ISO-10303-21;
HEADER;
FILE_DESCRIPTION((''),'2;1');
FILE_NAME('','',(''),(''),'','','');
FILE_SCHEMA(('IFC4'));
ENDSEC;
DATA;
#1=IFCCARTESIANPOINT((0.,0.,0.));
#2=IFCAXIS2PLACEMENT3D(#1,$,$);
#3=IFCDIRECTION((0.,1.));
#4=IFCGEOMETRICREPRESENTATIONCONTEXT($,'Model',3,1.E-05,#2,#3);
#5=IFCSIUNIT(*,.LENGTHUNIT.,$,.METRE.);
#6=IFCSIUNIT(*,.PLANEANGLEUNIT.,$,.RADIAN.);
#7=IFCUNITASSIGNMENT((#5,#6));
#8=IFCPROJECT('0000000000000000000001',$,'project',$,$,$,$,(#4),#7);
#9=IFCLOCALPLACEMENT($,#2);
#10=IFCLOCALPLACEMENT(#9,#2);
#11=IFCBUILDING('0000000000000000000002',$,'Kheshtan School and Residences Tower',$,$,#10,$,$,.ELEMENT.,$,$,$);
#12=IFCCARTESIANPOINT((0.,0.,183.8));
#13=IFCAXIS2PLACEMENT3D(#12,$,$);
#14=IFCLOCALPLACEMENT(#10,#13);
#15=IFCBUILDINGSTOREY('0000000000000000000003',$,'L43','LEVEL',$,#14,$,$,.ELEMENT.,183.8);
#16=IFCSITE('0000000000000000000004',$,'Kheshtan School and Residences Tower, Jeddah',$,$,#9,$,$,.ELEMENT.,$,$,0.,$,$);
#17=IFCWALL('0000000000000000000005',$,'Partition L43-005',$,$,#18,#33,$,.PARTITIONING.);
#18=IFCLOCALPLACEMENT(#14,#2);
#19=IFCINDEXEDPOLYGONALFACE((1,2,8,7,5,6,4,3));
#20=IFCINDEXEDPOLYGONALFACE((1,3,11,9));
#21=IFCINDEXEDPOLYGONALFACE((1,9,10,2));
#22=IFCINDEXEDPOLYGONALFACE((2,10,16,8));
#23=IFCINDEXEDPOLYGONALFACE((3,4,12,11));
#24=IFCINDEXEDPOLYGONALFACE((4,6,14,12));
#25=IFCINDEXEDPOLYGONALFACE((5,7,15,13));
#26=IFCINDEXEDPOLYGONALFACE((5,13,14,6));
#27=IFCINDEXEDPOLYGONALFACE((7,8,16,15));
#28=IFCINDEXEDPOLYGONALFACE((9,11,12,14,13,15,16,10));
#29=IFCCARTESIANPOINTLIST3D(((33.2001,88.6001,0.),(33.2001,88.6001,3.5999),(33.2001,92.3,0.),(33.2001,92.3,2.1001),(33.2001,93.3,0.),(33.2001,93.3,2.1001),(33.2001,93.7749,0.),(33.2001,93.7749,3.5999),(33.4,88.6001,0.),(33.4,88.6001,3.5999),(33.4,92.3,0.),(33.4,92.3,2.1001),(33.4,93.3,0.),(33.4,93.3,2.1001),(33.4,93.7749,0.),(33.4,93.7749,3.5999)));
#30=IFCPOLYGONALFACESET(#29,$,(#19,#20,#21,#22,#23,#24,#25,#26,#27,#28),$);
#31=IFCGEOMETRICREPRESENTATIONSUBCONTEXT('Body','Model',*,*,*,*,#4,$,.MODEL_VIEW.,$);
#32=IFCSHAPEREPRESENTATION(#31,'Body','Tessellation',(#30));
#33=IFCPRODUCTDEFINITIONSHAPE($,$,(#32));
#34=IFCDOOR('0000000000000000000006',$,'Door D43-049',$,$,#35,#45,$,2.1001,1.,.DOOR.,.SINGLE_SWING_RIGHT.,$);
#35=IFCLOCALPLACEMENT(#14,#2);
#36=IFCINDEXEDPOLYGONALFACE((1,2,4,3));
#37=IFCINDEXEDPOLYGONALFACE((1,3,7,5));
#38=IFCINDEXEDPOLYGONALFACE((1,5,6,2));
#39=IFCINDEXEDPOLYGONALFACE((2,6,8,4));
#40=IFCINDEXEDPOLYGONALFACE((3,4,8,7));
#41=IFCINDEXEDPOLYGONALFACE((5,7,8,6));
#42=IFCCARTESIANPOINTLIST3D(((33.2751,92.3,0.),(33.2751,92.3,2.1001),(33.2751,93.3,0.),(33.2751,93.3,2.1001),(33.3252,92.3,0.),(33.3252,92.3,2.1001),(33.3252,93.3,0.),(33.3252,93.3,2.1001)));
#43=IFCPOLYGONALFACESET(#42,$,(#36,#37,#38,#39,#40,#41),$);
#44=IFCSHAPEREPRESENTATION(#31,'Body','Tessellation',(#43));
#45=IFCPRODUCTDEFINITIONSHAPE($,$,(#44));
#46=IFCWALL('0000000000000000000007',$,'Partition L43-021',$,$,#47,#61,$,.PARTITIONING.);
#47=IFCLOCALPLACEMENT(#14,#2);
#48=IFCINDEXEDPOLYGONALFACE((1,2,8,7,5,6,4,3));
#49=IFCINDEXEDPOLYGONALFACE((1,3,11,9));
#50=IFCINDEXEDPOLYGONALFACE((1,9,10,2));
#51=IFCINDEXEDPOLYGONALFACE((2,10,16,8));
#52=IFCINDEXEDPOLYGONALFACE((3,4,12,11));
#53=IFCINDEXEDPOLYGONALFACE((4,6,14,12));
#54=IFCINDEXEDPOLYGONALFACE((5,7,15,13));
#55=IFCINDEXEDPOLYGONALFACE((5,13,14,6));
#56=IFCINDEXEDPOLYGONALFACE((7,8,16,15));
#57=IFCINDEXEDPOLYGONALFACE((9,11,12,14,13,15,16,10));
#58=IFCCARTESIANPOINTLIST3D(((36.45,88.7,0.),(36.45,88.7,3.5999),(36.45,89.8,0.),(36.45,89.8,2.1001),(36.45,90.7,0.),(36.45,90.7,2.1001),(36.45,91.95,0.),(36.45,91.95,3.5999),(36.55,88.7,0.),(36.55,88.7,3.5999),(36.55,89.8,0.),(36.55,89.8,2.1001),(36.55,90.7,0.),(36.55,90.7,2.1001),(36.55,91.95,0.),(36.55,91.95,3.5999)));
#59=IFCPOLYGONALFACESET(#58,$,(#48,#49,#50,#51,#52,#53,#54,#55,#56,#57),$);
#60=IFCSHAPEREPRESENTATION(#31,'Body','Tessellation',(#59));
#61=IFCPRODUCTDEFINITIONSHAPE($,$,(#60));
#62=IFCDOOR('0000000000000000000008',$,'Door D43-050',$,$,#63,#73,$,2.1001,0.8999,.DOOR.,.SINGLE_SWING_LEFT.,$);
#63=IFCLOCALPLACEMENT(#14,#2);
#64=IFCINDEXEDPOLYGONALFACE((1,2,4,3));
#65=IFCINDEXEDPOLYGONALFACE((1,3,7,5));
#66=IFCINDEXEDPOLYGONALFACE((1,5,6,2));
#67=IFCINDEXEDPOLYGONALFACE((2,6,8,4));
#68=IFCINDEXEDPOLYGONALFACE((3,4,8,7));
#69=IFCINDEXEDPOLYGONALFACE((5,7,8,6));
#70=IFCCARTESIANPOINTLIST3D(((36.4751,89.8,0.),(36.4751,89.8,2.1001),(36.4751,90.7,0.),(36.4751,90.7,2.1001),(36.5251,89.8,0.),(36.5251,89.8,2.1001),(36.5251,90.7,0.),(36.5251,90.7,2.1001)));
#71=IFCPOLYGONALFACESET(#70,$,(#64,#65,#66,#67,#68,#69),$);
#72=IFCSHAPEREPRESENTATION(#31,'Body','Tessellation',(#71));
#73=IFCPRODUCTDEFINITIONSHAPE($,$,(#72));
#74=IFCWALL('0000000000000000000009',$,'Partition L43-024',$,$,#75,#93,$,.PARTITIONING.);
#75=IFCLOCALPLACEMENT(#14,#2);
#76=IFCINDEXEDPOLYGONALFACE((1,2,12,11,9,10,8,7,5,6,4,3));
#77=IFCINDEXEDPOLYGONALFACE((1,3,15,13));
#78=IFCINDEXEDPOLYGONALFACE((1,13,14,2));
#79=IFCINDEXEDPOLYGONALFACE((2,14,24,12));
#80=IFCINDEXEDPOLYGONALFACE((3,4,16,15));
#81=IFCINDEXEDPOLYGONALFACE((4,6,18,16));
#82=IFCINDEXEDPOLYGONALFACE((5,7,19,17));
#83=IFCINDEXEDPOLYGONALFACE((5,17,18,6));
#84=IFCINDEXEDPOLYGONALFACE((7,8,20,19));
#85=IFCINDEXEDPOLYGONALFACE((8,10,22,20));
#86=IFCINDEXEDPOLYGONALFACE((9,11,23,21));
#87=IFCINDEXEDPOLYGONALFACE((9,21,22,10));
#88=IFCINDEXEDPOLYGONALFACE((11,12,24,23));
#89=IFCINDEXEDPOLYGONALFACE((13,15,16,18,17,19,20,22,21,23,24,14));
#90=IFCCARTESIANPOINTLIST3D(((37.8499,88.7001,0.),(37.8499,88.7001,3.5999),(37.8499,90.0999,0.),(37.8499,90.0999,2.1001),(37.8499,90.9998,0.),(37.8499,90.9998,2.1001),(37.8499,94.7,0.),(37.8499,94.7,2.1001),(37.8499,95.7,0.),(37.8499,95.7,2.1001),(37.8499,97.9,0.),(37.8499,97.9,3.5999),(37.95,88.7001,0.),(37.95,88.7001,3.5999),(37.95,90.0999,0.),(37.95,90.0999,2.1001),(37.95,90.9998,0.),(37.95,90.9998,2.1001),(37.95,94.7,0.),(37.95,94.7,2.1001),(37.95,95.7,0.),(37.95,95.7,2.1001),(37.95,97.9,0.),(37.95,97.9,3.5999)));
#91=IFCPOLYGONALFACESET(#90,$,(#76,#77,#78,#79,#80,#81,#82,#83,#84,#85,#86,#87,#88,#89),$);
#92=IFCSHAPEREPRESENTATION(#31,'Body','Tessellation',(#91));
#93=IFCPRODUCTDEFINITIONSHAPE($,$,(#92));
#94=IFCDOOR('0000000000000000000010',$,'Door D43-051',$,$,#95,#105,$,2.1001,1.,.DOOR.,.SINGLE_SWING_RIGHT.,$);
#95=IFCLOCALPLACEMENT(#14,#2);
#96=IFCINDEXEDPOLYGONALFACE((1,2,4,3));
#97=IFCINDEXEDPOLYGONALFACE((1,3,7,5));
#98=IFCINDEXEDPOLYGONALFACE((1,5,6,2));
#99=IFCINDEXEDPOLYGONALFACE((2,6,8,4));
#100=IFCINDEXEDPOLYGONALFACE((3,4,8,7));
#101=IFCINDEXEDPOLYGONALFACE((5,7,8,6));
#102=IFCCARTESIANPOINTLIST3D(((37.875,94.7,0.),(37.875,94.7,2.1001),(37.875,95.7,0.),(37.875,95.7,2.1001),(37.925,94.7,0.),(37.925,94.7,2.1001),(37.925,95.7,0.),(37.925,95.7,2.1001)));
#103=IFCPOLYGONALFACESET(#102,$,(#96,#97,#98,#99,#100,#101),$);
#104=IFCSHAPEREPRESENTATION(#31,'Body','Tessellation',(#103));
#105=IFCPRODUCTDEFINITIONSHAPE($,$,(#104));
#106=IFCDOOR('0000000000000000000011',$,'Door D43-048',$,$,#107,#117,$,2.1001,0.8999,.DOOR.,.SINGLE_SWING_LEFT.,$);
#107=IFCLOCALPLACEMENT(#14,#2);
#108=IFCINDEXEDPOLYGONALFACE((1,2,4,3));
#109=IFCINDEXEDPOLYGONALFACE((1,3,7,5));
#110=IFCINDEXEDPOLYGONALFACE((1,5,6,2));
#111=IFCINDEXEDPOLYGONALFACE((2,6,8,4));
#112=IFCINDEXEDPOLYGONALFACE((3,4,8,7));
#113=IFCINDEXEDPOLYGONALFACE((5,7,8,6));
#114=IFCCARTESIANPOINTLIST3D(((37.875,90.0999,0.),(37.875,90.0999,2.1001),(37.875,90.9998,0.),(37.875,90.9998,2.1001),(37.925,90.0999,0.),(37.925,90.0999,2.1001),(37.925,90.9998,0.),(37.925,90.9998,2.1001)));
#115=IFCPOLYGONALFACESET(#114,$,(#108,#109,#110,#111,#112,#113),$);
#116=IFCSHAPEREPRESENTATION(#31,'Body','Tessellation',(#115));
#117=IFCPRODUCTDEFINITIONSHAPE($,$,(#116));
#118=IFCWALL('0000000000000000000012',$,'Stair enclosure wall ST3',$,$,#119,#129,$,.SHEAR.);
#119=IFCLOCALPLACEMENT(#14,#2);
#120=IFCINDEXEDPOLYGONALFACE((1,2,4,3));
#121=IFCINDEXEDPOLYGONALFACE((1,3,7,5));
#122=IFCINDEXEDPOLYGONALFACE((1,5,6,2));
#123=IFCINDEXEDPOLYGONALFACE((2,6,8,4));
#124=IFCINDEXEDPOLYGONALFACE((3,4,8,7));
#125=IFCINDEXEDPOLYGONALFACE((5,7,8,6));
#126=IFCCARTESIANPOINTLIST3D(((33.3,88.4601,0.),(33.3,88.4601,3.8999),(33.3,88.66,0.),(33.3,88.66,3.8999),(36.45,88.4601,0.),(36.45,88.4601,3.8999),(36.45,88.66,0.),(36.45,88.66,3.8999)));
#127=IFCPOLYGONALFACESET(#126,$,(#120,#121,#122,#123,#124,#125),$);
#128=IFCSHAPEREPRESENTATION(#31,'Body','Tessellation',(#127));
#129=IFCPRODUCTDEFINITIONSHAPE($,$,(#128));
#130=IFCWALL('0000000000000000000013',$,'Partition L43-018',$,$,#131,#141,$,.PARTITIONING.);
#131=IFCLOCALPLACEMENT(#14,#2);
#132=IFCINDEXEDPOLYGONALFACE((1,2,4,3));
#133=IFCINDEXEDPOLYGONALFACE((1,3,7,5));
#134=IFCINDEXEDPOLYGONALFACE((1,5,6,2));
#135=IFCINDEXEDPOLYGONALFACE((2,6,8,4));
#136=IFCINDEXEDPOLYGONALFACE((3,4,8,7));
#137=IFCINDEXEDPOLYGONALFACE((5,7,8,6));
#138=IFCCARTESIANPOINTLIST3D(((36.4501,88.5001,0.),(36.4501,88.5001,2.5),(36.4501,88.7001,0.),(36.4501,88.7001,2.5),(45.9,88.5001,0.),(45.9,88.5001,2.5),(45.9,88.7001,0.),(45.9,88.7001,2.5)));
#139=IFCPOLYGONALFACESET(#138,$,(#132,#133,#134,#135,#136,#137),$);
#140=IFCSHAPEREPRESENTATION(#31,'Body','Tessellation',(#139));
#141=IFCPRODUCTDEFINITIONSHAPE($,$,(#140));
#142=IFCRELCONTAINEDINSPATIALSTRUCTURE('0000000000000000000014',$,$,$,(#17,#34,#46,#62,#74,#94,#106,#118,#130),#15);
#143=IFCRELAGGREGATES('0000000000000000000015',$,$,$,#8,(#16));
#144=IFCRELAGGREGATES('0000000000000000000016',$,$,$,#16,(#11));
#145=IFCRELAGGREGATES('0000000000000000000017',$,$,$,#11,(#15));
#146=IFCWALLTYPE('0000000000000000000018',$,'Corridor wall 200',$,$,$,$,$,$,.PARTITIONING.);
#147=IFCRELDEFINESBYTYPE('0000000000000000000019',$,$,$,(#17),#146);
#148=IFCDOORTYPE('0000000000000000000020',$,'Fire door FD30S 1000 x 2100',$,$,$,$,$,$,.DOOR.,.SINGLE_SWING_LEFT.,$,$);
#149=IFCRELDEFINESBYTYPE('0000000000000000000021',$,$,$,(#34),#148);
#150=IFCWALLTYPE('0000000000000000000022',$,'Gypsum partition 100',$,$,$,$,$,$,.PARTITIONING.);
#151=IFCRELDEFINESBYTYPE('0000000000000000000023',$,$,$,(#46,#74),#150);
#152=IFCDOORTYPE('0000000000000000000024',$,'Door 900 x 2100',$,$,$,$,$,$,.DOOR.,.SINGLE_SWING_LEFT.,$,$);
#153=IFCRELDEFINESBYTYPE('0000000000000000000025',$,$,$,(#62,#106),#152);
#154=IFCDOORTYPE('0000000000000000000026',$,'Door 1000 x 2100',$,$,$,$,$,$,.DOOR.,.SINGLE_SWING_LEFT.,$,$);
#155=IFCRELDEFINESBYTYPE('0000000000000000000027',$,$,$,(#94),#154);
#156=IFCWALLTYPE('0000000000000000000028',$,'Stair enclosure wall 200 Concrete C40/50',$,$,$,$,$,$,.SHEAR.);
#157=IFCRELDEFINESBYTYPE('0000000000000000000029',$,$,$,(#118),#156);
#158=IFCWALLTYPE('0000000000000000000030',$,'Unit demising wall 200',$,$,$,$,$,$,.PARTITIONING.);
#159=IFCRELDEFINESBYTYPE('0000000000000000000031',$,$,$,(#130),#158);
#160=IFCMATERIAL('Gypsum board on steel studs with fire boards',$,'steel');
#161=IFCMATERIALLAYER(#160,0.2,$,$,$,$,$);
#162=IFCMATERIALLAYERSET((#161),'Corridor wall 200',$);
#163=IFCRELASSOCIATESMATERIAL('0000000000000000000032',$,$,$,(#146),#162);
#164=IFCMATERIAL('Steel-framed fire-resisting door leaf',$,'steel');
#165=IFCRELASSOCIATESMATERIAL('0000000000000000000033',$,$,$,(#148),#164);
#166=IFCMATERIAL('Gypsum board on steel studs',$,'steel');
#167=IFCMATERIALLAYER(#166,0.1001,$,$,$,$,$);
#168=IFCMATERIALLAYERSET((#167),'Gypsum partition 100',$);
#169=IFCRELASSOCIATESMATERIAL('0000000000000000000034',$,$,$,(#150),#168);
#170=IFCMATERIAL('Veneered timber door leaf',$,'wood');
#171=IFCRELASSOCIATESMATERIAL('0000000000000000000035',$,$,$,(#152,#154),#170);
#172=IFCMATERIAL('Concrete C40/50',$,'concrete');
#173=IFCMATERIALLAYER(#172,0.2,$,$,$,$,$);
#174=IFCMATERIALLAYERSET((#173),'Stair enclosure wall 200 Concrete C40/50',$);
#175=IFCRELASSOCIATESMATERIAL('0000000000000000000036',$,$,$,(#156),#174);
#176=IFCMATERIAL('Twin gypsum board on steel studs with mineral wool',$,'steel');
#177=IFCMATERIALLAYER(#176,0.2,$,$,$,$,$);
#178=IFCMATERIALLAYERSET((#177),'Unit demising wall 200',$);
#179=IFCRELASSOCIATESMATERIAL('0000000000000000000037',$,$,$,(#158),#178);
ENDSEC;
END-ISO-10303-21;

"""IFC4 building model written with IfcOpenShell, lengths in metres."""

from ifc_helpers import new_model, si_unit, direction, frame, frame_2d, origin, place, context, subcontext, project, spatial, rectangle, extrude, source, transform, mapped, material, layer, layer_set, type_object, element, fill, save


model = new_model("IFC4")

# Units and contexts
model_context = context("Model", 3, precision=1e-05, world=origin(), true_north=direction((0.0, 1.0)))
body_context = subcontext(model_context, "Body", "Model", "MODEL_VIEW")
ifc_project = project(units=[si_unit("LENGTHUNIT", "METRE"), si_unit("PLANEANGLEUNIT", "RADIAN")], contexts=[model_context])

# Site, building, storey
site_placement = place(None, origin())
site = spatial("IfcSite", under=ifc_project, at=site_placement, Name="Kheshtan School and Residences Tower, Jeddah", CompositionType="ELEMENT", RefElevation=0.0)
building_placement = place(site_placement, origin())
building = spatial("IfcBuilding", under=site, at=building_placement, Name="Kheshtan School and Residences Tower", CompositionType="ELEMENT")
storey_placement = place(building_placement, frame((0.0, 0.0, 183.8)))
storey = spatial("IfcBuildingStorey", under=building, at=storey_placement, Name="L43", Description="LEVEL", CompositionType="ELEMENT", Elevation=183.8)

# Walls, openings, doors
ifc_material_1 = material(Name="Gypsum board on steel studs with fire boards", Category="steel")
ifc_layer_1 = layer(ifc_material_1, 0.2)
ifc_layer_set_1 = layer_set([ifc_layer_1], Name="Corridor wall 200")
wall_type_1 = type_object("IfcWallType", Name="Corridor wall 200", PredefinedType="PARTITIONING", material=ifc_layer_set_1)
wall_1_placement = place(storey_placement, frame((33.3, 88.6001, 0.0), z_axis=(0.0, 0.0, 1.0), x_axis=(0.0, 1.0, 0.0)))
wall_1 = element("IfcWall", 1, at=wall_1_placement, inside=storey, type_object=wall_type_1, Name="Partition L43-005", PredefinedType="PARTITIONING", context=body_context, shape_type="SweptSolid", body=[
    extrude(rectangle(XDim=5.1748, YDim=0.2, at=frame_2d((2.5874, 0.0))), origin(), (0.0, 0.0, 1.0), 3.5999),
])
opening_1_placement = place(wall_1_placement, frame((3.7, 0.0, 0.0)))
opening_1 = element("IfcOpeningElement", 2, at=opening_1_placement, cuts=wall_1, PredefinedType="OPENING", context=body_context, shape_type="SweptSolid", body=[
    extrude(rectangle(XDim=1.0, YDim=2.1001, at=frame_2d((0.5, 1.05))), frame((0.0, 0.1099, 0.0), z_axis=(0.0, -1.0, 0.0), x_axis=(1.0, 0.0, 0.0)), (0.0, 0.0, 1.0), 0.22),
])
ifc_material_2 = material(Name="Steel-framed fire-resisting door leaf", Category="steel")
door_type_1 = type_object("IfcDoorType", Name="Fire door FD30S 1000 x 2100", OperationType="SINGLE_SWING_LEFT", PredefinedType="DOOR", material=ifc_material_2)
shared_shape_1 = source(origin(), body_context, "Body", "SweptSolid", [
    extrude(rectangle(XDim=1.0, YDim=2.1001, at=frame_2d((0.5, 1.05))), frame((0.0, 0.0249, 0.0), z_axis=(0.0, -1.0, 0.0), x_axis=(1.0, 0.0, 0.0)), (0.0, 0.0, 1.0), 0.05),
])
door_1_placement = place(opening_1_placement, origin())
door_1 = element("IfcDoor", 3, at=door_1_placement, inside=storey, type_object=door_type_1, Name="Door D43-049", OperationType="SINGLE_SWING_RIGHT", OverallHeight=2.1001, OverallWidth=1.0, PredefinedType="DOOR", context=body_context, shape_type="MappedRepresentation", body=[
    mapped(shared_shape_1, transform((0.0, 0.0, 0.0), x_axis=(1.0, 0.0, 0.0), y_axis=(0.0, 1.0, 0.0), z_axis=(0.0, 0.0, 1.0), scale=1.0)),
])
fill(opening_1, door_1)
ifc_material_3 = material(Name="Gypsum board on steel studs", Category="steel")
ifc_layer_2 = layer(ifc_material_3, 0.1001)
ifc_layer_set_2 = layer_set([ifc_layer_2], Name="Gypsum partition 100")
wall_type_2 = type_object("IfcWallType", Name="Gypsum partition 100", PredefinedType="PARTITIONING", material=ifc_layer_set_2)
wall_2_placement = place(storey_placement, frame((36.5, 88.7, 0.0), z_axis=(0.0, 0.0, 1.0), x_axis=(0.0, 1.0, 0.0)))
wall_2 = element("IfcWall", 4, at=wall_2_placement, inside=storey, type_object=wall_type_2, Name="Partition L43-021", PredefinedType="PARTITIONING", context=body_context, shape_type="SweptSolid", body=[
    extrude(rectangle(XDim=3.25, YDim=0.1001, at=frame_2d((1.625, 0.0))), origin(), (0.0, 0.0, 1.0), 3.5999),
])
opening_2_placement = place(wall_2_placement, frame((1.1001, 0.0, 0.0)))
opening_2 = element("IfcOpeningElement", 5, at=opening_2_placement, cuts=wall_2, PredefinedType="OPENING", context=body_context, shape_type="SweptSolid", body=[
    extrude(rectangle(XDim=0.8999, YDim=2.1001, at=frame_2d((0.45, 1.05))), frame((0.0, 0.0601, 0.0), z_axis=(0.0, -1.0, 0.0), x_axis=(1.0, 0.0, 0.0)), (0.0, 0.0, 1.0), 0.1201),
])
ifc_material_4 = material(Name="Veneered timber door leaf", Category="wood")
door_type_2 = type_object("IfcDoorType", Name="Door 900 x 2100", OperationType="SINGLE_SWING_LEFT", PredefinedType="DOOR", material=ifc_material_4)
shared_shape_2 = source(origin(), body_context, "Body", "SweptSolid", [
    extrude(rectangle(XDim=0.8999, YDim=2.1001, at=frame_2d((0.45, 1.05))), frame((0.0, 0.0249, 0.0), z_axis=(0.0, -1.0, 0.0), x_axis=(1.0, 0.0, 0.0)), (0.0, 0.0, 1.0), 0.05),
])
door_2_placement = place(opening_2_placement, origin())
door_2 = element("IfcDoor", 6, at=door_2_placement, inside=storey, type_object=door_type_2, Name="Door D43-050", OperationType="SINGLE_SWING_LEFT", OverallHeight=2.1001, OverallWidth=0.8999, PredefinedType="DOOR", context=body_context, shape_type="MappedRepresentation", body=[
    mapped(shared_shape_2, transform((0.0, 0.0, 0.0), x_axis=(1.0, 0.0, 0.0), y_axis=(0.0, 1.0, 0.0), z_axis=(0.0, 0.0, 1.0), scale=1.0)),
])
fill(opening_2, door_2)

# Wall, openings, doors
wall_3_placement = place(storey_placement, frame((37.8999, 88.7, 0.0), z_axis=(0.0, 0.0, 1.0), x_axis=(0.0, 1.0, 0.0)))
wall_3 = element("IfcWall", 7, at=wall_3_placement, inside=storey, type_object=wall_type_2, Name="Partition L43-024", PredefinedType="PARTITIONING", context=body_context, shape_type="SweptSolid", body=[
    extrude(rectangle(XDim=9.2, YDim=0.1001, at=frame_2d((4.6001, 0.0))), origin(), (0.0, 0.0, 1.0), 3.5999),
])
opening_3_placement = place(wall_3_placement, frame((1.3999, 0.0, 0.0)))
opening_3 = element("IfcOpeningElement", 8, at=opening_3_placement, cuts=wall_3, PredefinedType="OPENING", context=body_context, shape_type="SweptSolid", body=[
    extrude(rectangle(XDim=0.8999, YDim=2.1001, at=frame_2d((0.45, 1.05))), frame((0.0, 0.0601, 0.0), z_axis=(0.0, -1.0, 0.0), x_axis=(1.0, 0.0, 0.0)), (0.0, 0.0, 1.0), 0.1201),
])
opening_4_placement = place(wall_3_placement, frame((6.0, 0.0, 0.0)))
opening_4 = element("IfcOpeningElement", 9, at=opening_4_placement, cuts=wall_3, PredefinedType="OPENING", context=body_context, shape_type="SweptSolid", body=[
    extrude(rectangle(XDim=1.0, YDim=2.1001, at=frame_2d((0.5, 1.05))), frame((0.0, 0.0601, 0.0), z_axis=(0.0, -1.0, 0.0), x_axis=(1.0, 0.0, 0.0)), (0.0, 0.0, 1.0), 0.1201),
])
door_type_3 = type_object("IfcDoorType", Name="Door 1000 x 2100", OperationType="SINGLE_SWING_LEFT", PredefinedType="DOOR", material=ifc_material_4)
shared_shape_3 = source(origin(), body_context, "Body", "SweptSolid", [
    extrude(rectangle(XDim=1.0, YDim=2.1001, at=frame_2d((0.5, 1.05))), frame((0.0, 0.0249, 0.0), z_axis=(0.0, -1.0, 0.0), x_axis=(1.0, 0.0, 0.0)), (0.0, 0.0, 1.0), 0.05),
])
door_3_placement = place(opening_4_placement, origin())
door_3 = element("IfcDoor", 10, at=door_3_placement, inside=storey, type_object=door_type_3, Name="Door D43-051", OperationType="SINGLE_SWING_RIGHT", OverallHeight=2.1001, OverallWidth=1.0, PredefinedType="DOOR", context=body_context, shape_type="MappedRepresentation", body=[
    mapped(shared_shape_3, transform((0.0, 0.0, 0.0), x_axis=(1.0, 0.0, 0.0), y_axis=(0.0, 1.0, 0.0), z_axis=(0.0, 0.0, 1.0), scale=1.0)),
])
fill(opening_4, door_3)
door_4_placement = place(opening_3_placement, origin())
door_4 = element("IfcDoor", 11, at=door_4_placement, inside=storey, type_object=door_type_2, Name="Door D43-048", OperationType="SINGLE_SWING_LEFT", OverallHeight=2.1001, OverallWidth=0.8999, PredefinedType="DOOR", context=body_context, shape_type="MappedRepresentation", body=[
    mapped(shared_shape_2, transform((0.0, 0.0, 0.0), x_axis=(1.0, 0.0, 0.0), y_axis=(0.0, 1.0, 0.0), z_axis=(0.0, 0.0, 1.0), scale=1.0)),
])
fill(opening_3, door_4)

# Walls
ifc_material_5 = material(Name="Concrete C40/50", Category="concrete")
ifc_layer_3 = layer(ifc_material_5, 0.2)
ifc_layer_set_3 = layer_set([ifc_layer_3], Name="Stair enclosure wall 200 Concrete C40/50")
wall_type_3 = type_object("IfcWallType", Name="Stair enclosure wall 200 Concrete C40/50", PredefinedType="SHEAR", material=ifc_layer_set_3)
wall_4_placement = place(storey_placement, frame((33.3, 88.5601, 0.0), z_axis=(0.0, 0.0, 1.0), x_axis=(1.0, 0.0, 0.0)))
element("IfcWall", 12, at=wall_4_placement, inside=storey, type_object=wall_type_3, Name="Stair enclosure wall ST3", PredefinedType="SHEAR", context=body_context, shape_type="SweptSolid", body=[
    extrude(rectangle(XDim=3.1499, YDim=0.2, at=frame_2d((1.575, 0.0))), origin(), (0.0, 0.0, 1.0), 3.8999),
])
ifc_material_6 = material(Name="Twin gypsum board on steel studs with mineral wool", Category="steel")
ifc_layer_4 = layer(ifc_material_6, 0.2)
ifc_layer_set_4 = layer_set([ifc_layer_4], Name="Unit demising wall 200")
wall_type_4 = type_object("IfcWallType", Name="Unit demising wall 200", PredefinedType="PARTITIONING", material=ifc_layer_set_4)
wall_5_placement = place(storey_placement, frame((36.45, 88.6001, 0.0), z_axis=(0.0, 0.0, 1.0), x_axis=(1.0, 0.0, 0.0)))
element("IfcWall", 13, at=wall_5_placement, inside=storey, type_object=wall_type_4, Name="Partition L43-018", PredefinedType="PARTITIONING", context=body_context, shape_type="SweptSolid", body=[
    extrude(rectangle(XDim=9.45, YDim=0.2, at=frame_2d((4.7251, 0.0))), origin(), (0.0, 0.0, 1.0), 2.5),
])

save(model, "model.ifc")
